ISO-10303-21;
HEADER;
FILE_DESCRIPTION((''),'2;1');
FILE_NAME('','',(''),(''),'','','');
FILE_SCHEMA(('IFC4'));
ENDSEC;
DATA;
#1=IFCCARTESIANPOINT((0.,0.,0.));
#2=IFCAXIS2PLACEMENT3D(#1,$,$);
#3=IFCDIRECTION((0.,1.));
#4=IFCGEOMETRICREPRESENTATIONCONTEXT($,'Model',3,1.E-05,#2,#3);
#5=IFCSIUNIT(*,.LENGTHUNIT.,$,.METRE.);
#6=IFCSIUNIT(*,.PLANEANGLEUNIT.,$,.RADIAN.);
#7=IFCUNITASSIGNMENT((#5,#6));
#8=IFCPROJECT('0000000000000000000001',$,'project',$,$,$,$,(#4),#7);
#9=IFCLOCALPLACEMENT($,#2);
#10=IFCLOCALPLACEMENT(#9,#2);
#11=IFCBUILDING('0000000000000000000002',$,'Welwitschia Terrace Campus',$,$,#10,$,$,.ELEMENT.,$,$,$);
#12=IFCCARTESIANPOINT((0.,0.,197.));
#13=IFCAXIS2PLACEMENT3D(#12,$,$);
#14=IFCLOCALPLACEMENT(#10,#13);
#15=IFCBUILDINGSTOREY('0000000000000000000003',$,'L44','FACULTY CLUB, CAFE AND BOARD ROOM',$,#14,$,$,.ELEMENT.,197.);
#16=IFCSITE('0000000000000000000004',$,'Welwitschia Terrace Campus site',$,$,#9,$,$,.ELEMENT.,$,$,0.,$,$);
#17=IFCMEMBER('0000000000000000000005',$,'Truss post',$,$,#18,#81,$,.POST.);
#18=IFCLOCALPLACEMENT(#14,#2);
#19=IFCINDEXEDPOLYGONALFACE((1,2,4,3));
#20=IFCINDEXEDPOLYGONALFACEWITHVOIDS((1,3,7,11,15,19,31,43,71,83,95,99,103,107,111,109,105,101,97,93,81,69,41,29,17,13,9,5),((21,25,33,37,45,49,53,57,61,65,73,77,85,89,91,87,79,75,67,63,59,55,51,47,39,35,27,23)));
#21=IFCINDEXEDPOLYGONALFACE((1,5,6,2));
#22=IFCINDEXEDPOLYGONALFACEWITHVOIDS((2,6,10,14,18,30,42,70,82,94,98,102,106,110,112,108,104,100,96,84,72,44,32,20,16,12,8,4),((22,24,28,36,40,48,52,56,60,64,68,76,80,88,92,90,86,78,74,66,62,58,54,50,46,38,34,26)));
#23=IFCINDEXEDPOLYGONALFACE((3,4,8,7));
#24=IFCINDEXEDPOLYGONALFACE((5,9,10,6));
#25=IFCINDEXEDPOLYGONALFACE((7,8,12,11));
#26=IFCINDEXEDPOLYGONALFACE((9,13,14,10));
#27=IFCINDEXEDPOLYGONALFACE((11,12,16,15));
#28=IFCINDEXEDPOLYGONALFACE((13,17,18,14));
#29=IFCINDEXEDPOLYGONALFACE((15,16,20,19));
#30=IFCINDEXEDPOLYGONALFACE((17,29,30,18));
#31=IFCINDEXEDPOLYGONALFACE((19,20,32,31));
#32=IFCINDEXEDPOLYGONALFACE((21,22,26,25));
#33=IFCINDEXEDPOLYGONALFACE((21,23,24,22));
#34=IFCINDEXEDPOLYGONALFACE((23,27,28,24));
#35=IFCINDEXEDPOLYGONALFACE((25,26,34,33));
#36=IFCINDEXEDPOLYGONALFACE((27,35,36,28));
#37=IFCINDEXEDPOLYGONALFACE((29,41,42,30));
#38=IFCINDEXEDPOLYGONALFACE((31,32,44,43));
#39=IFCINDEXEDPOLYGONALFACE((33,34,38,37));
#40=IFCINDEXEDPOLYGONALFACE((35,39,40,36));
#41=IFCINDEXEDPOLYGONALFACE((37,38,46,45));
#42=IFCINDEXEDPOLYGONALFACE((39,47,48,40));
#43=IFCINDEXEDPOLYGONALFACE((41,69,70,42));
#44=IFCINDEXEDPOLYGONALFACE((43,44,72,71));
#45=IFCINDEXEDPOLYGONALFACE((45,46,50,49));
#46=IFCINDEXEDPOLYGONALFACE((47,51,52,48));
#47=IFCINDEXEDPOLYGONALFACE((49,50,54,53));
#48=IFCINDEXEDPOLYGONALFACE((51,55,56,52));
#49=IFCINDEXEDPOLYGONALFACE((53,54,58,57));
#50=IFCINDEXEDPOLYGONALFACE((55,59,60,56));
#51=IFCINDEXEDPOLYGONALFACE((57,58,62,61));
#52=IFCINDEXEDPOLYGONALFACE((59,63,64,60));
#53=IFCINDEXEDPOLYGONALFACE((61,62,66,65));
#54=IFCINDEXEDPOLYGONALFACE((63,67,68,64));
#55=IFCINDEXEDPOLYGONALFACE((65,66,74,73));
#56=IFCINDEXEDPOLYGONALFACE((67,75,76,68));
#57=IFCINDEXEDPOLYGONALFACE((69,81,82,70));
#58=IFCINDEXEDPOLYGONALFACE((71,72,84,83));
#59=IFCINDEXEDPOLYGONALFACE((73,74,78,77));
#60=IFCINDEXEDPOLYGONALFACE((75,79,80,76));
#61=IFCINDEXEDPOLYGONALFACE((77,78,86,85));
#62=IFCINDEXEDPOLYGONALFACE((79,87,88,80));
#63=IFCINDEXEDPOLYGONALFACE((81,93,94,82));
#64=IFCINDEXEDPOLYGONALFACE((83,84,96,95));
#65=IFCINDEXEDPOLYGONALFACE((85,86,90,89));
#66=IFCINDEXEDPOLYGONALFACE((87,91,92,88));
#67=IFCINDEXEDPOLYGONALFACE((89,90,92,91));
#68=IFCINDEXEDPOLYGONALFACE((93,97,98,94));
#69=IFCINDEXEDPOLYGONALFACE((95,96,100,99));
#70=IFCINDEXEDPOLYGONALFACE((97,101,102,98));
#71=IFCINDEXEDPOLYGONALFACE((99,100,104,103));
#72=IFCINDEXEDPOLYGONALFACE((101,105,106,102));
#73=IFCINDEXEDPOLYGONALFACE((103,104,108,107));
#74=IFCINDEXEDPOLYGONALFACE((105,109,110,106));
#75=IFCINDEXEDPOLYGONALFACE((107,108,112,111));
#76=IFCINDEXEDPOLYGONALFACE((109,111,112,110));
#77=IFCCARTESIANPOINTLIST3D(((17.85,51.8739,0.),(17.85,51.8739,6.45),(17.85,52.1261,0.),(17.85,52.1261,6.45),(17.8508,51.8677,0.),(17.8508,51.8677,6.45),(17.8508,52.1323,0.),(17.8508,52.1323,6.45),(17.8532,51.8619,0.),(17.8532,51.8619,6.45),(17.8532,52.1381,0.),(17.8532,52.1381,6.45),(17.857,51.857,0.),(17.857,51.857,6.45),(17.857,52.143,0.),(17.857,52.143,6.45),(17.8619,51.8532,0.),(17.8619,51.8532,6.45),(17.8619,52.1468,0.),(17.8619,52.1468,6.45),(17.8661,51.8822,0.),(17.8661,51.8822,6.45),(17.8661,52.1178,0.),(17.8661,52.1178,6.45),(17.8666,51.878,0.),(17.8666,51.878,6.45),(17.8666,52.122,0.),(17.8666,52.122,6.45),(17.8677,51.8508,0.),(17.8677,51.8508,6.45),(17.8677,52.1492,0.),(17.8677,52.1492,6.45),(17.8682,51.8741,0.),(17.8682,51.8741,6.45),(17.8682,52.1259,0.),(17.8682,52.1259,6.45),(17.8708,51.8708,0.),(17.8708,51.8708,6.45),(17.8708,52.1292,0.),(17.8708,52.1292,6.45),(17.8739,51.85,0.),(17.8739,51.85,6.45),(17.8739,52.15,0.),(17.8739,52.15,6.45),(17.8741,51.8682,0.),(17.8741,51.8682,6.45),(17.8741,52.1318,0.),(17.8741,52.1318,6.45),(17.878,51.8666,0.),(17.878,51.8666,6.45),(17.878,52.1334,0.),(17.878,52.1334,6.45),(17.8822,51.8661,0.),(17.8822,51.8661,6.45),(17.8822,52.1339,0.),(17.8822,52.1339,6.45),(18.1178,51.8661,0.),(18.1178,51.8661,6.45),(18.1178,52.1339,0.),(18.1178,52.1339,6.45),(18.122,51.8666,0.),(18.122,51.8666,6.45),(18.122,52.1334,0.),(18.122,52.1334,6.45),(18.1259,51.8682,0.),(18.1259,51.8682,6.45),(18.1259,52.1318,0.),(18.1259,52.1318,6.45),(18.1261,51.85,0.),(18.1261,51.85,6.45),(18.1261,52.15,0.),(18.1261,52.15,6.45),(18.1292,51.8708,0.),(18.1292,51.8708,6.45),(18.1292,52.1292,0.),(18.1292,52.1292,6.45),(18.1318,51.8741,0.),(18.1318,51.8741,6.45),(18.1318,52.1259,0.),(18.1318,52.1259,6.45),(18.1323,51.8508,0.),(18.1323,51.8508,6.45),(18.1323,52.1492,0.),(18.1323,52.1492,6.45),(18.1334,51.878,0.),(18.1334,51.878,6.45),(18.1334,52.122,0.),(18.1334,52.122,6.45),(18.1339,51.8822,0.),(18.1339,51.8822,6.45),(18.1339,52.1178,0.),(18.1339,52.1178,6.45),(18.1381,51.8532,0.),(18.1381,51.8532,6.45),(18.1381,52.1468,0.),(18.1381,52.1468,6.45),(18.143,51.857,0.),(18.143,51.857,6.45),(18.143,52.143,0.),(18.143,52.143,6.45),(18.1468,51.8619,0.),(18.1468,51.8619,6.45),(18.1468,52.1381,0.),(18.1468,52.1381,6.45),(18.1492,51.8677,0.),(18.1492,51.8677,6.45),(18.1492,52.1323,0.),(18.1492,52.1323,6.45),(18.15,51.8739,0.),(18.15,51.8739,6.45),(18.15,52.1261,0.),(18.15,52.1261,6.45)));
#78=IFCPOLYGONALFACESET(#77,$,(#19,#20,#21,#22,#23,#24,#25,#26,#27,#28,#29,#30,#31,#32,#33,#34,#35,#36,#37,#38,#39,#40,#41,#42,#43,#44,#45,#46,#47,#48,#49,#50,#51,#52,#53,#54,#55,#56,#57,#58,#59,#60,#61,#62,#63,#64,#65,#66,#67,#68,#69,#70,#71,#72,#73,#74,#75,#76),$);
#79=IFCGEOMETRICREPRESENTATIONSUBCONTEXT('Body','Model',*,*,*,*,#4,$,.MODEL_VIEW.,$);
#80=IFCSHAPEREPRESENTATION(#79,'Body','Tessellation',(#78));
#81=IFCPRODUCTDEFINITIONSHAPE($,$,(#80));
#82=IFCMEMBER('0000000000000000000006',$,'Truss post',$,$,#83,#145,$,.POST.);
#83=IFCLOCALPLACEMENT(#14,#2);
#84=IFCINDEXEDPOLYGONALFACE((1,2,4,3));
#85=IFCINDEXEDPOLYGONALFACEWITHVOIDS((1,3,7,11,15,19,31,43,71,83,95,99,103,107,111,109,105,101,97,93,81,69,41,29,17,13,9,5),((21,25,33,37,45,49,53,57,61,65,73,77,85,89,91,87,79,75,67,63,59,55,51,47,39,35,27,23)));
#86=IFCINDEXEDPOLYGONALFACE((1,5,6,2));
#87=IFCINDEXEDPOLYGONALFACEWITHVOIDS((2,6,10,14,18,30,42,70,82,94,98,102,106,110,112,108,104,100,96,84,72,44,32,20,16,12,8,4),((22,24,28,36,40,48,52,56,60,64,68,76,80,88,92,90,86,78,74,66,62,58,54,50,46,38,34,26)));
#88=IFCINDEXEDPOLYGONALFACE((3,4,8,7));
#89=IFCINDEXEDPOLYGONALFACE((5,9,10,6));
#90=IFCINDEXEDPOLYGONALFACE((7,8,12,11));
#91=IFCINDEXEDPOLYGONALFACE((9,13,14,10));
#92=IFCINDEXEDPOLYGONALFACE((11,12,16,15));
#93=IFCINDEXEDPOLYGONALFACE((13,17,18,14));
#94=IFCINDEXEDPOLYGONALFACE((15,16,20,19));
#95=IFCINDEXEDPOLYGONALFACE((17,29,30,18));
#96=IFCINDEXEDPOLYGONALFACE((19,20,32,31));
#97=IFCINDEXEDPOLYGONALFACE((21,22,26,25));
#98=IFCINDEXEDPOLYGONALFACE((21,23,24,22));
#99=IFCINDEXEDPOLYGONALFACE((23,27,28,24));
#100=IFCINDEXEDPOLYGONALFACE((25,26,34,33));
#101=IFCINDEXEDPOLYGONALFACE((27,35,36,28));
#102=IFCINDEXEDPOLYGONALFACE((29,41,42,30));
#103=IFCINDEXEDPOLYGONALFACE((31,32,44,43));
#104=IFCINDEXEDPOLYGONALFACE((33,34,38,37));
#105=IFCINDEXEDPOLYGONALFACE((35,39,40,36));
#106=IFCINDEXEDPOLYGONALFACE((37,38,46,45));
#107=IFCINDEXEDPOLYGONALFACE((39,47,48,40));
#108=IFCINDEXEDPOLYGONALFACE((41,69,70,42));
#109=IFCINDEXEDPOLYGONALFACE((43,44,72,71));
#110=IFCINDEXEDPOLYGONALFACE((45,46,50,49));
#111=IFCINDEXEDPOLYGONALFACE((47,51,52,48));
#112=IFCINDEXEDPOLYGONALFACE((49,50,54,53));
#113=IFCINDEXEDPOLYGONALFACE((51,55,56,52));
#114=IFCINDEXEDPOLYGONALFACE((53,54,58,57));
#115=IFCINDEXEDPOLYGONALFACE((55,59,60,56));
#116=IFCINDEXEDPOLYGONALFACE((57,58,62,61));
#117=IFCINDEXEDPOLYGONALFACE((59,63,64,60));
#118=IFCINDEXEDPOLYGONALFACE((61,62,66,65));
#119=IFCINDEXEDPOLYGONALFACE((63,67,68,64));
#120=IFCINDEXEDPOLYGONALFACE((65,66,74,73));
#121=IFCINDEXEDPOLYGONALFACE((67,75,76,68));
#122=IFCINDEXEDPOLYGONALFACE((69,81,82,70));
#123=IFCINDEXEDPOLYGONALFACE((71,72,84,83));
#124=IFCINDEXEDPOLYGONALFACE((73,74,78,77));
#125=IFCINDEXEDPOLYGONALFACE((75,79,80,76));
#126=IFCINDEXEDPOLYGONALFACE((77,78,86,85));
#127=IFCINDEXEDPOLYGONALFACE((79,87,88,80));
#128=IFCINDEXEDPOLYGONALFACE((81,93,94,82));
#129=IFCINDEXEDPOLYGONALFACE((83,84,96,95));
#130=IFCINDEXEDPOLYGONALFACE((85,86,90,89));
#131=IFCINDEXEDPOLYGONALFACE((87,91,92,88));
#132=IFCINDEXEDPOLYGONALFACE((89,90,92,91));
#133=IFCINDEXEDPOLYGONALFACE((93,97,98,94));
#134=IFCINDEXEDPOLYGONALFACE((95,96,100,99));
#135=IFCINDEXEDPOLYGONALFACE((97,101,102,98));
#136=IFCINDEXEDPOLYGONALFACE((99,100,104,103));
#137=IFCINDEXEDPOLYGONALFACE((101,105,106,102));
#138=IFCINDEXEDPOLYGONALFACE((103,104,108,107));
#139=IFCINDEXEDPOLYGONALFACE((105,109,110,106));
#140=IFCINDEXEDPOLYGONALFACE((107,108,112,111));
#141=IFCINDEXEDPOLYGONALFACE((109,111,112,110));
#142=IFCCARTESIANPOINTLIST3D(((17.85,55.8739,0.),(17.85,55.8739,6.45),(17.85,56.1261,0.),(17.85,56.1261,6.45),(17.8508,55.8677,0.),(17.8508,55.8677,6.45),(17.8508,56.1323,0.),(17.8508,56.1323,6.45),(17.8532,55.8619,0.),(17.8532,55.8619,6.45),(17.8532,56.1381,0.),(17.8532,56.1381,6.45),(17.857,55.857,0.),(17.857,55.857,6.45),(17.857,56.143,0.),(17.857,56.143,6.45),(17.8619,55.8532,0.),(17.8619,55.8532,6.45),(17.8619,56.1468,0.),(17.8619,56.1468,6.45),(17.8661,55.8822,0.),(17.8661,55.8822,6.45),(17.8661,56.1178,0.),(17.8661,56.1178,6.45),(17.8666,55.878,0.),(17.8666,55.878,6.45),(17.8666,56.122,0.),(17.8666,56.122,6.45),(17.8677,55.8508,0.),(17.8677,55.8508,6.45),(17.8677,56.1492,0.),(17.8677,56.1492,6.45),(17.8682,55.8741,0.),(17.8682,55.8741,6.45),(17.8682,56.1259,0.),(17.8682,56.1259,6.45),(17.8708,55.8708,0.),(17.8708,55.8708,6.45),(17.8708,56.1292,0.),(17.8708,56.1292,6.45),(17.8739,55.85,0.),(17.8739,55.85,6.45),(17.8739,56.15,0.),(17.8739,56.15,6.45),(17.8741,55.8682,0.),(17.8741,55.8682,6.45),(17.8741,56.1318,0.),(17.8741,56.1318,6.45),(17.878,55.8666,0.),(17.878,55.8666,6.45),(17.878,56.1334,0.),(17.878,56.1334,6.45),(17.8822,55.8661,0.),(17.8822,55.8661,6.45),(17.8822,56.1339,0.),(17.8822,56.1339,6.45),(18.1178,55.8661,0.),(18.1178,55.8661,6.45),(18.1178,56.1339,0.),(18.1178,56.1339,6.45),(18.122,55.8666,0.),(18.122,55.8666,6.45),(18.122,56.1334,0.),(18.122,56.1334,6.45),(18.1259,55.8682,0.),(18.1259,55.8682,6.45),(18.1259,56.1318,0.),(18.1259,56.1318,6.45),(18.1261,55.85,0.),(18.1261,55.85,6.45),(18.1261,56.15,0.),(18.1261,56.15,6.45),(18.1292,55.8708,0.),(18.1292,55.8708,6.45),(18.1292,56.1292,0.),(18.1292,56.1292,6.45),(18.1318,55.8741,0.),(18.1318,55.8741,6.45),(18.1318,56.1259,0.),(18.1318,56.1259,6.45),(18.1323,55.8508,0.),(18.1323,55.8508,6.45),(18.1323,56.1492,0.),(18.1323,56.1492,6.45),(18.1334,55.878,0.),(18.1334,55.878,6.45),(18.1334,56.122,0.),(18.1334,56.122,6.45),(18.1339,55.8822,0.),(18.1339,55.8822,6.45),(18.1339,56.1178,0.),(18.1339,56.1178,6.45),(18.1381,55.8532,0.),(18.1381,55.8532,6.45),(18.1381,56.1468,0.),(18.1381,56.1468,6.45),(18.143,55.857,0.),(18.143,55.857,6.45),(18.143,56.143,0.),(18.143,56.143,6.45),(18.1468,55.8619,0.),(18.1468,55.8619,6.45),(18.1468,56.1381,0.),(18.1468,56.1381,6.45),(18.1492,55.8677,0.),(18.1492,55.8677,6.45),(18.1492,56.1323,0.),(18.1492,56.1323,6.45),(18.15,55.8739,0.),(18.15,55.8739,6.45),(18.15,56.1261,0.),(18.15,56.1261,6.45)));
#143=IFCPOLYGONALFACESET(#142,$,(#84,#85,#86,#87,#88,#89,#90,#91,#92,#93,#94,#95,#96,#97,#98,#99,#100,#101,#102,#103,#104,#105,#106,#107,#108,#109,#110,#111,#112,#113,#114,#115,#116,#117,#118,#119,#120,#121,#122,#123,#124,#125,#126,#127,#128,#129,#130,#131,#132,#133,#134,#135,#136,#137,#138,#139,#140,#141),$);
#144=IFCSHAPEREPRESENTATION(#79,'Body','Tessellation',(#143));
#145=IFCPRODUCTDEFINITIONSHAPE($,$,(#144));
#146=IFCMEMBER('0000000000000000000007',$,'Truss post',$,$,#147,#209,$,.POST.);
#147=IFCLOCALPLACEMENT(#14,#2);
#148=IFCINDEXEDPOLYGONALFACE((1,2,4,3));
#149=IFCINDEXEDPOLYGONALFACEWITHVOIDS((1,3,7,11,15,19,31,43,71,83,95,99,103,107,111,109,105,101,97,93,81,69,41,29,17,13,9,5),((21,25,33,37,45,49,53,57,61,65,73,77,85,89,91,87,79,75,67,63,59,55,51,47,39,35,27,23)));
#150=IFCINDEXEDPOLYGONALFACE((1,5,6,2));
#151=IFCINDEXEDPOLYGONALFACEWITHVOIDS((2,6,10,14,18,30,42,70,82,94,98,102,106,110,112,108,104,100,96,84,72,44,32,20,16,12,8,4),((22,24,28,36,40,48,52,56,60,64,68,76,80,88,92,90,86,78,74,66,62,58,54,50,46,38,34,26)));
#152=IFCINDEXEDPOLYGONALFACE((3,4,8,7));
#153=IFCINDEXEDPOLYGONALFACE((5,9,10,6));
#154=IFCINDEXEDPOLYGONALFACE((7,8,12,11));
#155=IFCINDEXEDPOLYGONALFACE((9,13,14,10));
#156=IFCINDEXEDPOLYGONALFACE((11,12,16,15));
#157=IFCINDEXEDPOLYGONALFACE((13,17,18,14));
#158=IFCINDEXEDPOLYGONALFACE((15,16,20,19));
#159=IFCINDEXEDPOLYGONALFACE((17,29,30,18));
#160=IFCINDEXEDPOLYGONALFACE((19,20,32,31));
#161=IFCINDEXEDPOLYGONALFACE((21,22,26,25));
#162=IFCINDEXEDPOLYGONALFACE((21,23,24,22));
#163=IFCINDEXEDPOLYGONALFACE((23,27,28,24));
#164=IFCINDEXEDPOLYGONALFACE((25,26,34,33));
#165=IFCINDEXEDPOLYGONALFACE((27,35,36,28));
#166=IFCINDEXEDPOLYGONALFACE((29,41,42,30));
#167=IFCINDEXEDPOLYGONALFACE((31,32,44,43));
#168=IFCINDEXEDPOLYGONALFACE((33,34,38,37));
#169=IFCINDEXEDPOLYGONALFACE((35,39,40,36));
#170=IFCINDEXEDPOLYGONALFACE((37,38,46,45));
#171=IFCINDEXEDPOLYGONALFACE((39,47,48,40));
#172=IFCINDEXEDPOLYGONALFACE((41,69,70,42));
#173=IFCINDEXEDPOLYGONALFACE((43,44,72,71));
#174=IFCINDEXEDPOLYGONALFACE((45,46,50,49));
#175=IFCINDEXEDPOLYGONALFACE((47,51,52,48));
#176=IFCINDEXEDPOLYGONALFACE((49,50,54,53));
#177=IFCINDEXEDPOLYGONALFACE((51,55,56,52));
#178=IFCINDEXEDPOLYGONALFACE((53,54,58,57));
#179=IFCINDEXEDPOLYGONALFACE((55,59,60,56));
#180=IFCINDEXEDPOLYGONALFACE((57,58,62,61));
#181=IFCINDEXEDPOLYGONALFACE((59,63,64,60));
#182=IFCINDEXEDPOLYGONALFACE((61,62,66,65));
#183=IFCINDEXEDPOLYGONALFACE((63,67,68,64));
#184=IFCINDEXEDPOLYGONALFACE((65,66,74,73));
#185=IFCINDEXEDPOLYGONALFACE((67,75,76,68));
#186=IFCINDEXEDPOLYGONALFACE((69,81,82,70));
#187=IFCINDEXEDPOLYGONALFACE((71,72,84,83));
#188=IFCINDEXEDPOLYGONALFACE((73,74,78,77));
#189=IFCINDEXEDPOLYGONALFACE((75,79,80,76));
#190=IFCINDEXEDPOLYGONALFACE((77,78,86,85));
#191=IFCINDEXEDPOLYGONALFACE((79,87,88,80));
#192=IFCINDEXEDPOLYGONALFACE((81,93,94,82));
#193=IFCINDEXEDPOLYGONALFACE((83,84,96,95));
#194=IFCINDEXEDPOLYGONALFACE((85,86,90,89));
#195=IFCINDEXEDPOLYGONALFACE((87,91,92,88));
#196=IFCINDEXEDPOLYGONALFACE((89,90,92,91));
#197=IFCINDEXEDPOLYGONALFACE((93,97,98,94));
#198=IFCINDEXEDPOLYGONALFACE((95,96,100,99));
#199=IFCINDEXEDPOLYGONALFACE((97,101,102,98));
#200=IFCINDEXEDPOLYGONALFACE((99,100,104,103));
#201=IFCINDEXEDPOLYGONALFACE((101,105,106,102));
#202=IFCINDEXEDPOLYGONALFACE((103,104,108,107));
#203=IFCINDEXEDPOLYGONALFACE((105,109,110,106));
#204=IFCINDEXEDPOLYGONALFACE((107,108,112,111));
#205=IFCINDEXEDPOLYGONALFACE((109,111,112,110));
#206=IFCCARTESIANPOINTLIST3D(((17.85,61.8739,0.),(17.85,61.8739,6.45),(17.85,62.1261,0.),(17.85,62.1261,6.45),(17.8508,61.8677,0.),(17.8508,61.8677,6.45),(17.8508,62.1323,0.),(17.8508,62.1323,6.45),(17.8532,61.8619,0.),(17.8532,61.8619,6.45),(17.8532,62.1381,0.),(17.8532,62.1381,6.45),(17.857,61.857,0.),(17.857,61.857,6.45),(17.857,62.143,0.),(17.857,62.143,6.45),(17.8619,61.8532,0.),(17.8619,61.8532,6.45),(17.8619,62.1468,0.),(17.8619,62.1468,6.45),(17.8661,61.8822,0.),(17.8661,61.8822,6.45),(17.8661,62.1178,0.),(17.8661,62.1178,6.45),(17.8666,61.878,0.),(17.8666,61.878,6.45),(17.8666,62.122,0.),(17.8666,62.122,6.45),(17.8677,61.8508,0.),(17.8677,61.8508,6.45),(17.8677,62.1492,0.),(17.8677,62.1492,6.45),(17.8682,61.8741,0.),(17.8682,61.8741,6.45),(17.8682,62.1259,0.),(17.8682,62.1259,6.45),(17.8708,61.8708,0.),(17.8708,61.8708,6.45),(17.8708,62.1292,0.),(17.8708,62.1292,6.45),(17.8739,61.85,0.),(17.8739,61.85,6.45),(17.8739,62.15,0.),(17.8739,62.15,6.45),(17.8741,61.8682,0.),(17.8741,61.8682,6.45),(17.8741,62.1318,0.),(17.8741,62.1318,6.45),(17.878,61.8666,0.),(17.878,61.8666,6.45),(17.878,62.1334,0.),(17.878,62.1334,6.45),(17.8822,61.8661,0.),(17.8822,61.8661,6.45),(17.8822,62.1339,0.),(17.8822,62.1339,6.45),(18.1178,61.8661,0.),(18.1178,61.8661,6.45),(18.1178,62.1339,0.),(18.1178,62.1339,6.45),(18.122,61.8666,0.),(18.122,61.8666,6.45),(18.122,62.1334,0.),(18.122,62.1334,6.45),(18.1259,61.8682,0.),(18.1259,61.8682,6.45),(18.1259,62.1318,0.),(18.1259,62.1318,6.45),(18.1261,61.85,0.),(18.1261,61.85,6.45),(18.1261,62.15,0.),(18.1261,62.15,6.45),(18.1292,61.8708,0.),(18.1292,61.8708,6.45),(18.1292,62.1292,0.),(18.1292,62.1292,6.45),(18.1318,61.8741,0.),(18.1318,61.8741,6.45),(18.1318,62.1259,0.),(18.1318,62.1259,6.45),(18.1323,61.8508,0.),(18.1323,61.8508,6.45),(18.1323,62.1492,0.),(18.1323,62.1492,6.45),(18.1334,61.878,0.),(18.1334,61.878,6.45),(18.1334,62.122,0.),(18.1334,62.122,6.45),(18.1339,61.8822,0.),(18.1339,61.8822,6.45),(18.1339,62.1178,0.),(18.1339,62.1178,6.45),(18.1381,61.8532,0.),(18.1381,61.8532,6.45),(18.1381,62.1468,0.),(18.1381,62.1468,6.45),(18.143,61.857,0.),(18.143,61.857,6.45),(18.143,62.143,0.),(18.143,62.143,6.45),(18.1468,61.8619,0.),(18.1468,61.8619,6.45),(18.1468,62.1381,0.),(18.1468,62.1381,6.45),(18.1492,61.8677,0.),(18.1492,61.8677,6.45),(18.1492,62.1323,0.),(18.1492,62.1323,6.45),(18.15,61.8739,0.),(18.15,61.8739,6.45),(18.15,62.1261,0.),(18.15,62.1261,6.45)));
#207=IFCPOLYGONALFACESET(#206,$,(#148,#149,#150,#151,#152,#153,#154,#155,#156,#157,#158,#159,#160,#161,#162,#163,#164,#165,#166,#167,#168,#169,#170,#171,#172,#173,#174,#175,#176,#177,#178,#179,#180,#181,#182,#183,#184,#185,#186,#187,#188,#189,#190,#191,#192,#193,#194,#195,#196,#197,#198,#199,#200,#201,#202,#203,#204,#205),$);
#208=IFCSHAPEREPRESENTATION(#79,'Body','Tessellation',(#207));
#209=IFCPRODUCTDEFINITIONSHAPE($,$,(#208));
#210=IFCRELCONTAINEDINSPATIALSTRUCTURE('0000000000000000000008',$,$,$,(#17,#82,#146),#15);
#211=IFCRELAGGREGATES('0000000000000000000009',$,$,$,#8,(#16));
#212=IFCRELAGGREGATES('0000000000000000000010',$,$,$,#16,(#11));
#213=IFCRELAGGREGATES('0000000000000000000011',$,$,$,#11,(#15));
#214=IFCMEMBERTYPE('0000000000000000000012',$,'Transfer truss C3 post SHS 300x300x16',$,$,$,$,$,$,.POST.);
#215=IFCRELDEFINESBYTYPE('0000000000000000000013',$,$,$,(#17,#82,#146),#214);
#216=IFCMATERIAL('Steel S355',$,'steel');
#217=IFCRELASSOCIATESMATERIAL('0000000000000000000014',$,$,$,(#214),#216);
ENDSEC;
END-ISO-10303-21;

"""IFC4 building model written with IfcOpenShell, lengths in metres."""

from ifc_helpers import new_model, si_unit, direction, frame, origin, origin_2d, place, context, subcontext, project, spatial, hollow_rectangle, extrude, material, material_profile, profile_set, type_object, element, save


model = new_model("IFC4")

# Units and contexts
model_context = context("Model", 3, precision=1e-05, world=origin(), true_north=direction((0.0, 1.0)))
body_context = subcontext(model_context, "Body", "Model", "MODEL_VIEW")
ifc_project = project(units=[si_unit("LENGTHUNIT", "METRE"), si_unit("PLANEANGLEUNIT", "RADIAN")], contexts=[model_context])

# Site, building, storey
site_placement = place(None, origin())
site = spatial("IfcSite", under=ifc_project, at=site_placement, Name="Welwitschia Terrace Campus site", CompositionType="ELEMENT", RefElevation=0.0)
building_placement = place(site_placement, origin())
building = spatial("IfcBuilding", under=site, at=building_placement, Name="Welwitschia Terrace Campus", CompositionType="ELEMENT")
storey_placement = place(building_placement, frame((0.0, 0.0, 197.0)))
storey = spatial("IfcBuildingStorey", under=building, at=storey_placement, Name="L44", Description="FACULTY CLUB, CAFE AND BOARD ROOM", CompositionType="ELEMENT", Elevation=197.0)

# Members
ifc_material_1 = material(Name="Steel S355", Category="steel")
ifc_material_profile_1 = material_profile(ifc_material_1, hollow_rectangle(XDim=0.3, YDim=0.3, WallThickness=0.0161, InnerFilletRadius=0.0161, OuterFilletRadius=0.0239, at=origin_2d()))
ifc_profile_set_1 = profile_set([ifc_material_profile_1], Name="Steel S355")
member_type_1 = type_object("IfcMemberType", Name="Transfer truss C3 post SHS 300x300x16", PredefinedType="POST", material=ifc_profile_set_1)
for number, where, z_axis, x_axis, name in (
    (1, (18.0, 52.0, 0.0), (0.0, 0.0, 1.0), (1.0, 0.0, 0.0), "Truss post"),
    (2, (18.0, 56.0, 0.0), (0.0, 0.0, 1.0), (1.0, 0.0, 0.0), "Truss post"),
    (3, (18.0, 62.0, 0.0), (0.0, 0.0, 1.0), (1.0, 0.0, 0.0), "Truss post"),
):
    element("IfcMember", number, at=place(storey_placement, frame(where, z_axis=z_axis, x_axis=x_axis)), inside=storey, type_object=member_type_1, Name=name, PredefinedType="POST", context=body_context, shape_type="SweptSolid", body=[
        extrude(hollow_rectangle(XDim=0.3, YDim=0.3, WallThickness=0.0161, InnerFilletRadius=0.0161, OuterFilletRadius=0.0239, at=origin_2d()), origin(), (0.0, 0.0, 1.0), 6.45),
    ])

save(model, "model.ifc")
